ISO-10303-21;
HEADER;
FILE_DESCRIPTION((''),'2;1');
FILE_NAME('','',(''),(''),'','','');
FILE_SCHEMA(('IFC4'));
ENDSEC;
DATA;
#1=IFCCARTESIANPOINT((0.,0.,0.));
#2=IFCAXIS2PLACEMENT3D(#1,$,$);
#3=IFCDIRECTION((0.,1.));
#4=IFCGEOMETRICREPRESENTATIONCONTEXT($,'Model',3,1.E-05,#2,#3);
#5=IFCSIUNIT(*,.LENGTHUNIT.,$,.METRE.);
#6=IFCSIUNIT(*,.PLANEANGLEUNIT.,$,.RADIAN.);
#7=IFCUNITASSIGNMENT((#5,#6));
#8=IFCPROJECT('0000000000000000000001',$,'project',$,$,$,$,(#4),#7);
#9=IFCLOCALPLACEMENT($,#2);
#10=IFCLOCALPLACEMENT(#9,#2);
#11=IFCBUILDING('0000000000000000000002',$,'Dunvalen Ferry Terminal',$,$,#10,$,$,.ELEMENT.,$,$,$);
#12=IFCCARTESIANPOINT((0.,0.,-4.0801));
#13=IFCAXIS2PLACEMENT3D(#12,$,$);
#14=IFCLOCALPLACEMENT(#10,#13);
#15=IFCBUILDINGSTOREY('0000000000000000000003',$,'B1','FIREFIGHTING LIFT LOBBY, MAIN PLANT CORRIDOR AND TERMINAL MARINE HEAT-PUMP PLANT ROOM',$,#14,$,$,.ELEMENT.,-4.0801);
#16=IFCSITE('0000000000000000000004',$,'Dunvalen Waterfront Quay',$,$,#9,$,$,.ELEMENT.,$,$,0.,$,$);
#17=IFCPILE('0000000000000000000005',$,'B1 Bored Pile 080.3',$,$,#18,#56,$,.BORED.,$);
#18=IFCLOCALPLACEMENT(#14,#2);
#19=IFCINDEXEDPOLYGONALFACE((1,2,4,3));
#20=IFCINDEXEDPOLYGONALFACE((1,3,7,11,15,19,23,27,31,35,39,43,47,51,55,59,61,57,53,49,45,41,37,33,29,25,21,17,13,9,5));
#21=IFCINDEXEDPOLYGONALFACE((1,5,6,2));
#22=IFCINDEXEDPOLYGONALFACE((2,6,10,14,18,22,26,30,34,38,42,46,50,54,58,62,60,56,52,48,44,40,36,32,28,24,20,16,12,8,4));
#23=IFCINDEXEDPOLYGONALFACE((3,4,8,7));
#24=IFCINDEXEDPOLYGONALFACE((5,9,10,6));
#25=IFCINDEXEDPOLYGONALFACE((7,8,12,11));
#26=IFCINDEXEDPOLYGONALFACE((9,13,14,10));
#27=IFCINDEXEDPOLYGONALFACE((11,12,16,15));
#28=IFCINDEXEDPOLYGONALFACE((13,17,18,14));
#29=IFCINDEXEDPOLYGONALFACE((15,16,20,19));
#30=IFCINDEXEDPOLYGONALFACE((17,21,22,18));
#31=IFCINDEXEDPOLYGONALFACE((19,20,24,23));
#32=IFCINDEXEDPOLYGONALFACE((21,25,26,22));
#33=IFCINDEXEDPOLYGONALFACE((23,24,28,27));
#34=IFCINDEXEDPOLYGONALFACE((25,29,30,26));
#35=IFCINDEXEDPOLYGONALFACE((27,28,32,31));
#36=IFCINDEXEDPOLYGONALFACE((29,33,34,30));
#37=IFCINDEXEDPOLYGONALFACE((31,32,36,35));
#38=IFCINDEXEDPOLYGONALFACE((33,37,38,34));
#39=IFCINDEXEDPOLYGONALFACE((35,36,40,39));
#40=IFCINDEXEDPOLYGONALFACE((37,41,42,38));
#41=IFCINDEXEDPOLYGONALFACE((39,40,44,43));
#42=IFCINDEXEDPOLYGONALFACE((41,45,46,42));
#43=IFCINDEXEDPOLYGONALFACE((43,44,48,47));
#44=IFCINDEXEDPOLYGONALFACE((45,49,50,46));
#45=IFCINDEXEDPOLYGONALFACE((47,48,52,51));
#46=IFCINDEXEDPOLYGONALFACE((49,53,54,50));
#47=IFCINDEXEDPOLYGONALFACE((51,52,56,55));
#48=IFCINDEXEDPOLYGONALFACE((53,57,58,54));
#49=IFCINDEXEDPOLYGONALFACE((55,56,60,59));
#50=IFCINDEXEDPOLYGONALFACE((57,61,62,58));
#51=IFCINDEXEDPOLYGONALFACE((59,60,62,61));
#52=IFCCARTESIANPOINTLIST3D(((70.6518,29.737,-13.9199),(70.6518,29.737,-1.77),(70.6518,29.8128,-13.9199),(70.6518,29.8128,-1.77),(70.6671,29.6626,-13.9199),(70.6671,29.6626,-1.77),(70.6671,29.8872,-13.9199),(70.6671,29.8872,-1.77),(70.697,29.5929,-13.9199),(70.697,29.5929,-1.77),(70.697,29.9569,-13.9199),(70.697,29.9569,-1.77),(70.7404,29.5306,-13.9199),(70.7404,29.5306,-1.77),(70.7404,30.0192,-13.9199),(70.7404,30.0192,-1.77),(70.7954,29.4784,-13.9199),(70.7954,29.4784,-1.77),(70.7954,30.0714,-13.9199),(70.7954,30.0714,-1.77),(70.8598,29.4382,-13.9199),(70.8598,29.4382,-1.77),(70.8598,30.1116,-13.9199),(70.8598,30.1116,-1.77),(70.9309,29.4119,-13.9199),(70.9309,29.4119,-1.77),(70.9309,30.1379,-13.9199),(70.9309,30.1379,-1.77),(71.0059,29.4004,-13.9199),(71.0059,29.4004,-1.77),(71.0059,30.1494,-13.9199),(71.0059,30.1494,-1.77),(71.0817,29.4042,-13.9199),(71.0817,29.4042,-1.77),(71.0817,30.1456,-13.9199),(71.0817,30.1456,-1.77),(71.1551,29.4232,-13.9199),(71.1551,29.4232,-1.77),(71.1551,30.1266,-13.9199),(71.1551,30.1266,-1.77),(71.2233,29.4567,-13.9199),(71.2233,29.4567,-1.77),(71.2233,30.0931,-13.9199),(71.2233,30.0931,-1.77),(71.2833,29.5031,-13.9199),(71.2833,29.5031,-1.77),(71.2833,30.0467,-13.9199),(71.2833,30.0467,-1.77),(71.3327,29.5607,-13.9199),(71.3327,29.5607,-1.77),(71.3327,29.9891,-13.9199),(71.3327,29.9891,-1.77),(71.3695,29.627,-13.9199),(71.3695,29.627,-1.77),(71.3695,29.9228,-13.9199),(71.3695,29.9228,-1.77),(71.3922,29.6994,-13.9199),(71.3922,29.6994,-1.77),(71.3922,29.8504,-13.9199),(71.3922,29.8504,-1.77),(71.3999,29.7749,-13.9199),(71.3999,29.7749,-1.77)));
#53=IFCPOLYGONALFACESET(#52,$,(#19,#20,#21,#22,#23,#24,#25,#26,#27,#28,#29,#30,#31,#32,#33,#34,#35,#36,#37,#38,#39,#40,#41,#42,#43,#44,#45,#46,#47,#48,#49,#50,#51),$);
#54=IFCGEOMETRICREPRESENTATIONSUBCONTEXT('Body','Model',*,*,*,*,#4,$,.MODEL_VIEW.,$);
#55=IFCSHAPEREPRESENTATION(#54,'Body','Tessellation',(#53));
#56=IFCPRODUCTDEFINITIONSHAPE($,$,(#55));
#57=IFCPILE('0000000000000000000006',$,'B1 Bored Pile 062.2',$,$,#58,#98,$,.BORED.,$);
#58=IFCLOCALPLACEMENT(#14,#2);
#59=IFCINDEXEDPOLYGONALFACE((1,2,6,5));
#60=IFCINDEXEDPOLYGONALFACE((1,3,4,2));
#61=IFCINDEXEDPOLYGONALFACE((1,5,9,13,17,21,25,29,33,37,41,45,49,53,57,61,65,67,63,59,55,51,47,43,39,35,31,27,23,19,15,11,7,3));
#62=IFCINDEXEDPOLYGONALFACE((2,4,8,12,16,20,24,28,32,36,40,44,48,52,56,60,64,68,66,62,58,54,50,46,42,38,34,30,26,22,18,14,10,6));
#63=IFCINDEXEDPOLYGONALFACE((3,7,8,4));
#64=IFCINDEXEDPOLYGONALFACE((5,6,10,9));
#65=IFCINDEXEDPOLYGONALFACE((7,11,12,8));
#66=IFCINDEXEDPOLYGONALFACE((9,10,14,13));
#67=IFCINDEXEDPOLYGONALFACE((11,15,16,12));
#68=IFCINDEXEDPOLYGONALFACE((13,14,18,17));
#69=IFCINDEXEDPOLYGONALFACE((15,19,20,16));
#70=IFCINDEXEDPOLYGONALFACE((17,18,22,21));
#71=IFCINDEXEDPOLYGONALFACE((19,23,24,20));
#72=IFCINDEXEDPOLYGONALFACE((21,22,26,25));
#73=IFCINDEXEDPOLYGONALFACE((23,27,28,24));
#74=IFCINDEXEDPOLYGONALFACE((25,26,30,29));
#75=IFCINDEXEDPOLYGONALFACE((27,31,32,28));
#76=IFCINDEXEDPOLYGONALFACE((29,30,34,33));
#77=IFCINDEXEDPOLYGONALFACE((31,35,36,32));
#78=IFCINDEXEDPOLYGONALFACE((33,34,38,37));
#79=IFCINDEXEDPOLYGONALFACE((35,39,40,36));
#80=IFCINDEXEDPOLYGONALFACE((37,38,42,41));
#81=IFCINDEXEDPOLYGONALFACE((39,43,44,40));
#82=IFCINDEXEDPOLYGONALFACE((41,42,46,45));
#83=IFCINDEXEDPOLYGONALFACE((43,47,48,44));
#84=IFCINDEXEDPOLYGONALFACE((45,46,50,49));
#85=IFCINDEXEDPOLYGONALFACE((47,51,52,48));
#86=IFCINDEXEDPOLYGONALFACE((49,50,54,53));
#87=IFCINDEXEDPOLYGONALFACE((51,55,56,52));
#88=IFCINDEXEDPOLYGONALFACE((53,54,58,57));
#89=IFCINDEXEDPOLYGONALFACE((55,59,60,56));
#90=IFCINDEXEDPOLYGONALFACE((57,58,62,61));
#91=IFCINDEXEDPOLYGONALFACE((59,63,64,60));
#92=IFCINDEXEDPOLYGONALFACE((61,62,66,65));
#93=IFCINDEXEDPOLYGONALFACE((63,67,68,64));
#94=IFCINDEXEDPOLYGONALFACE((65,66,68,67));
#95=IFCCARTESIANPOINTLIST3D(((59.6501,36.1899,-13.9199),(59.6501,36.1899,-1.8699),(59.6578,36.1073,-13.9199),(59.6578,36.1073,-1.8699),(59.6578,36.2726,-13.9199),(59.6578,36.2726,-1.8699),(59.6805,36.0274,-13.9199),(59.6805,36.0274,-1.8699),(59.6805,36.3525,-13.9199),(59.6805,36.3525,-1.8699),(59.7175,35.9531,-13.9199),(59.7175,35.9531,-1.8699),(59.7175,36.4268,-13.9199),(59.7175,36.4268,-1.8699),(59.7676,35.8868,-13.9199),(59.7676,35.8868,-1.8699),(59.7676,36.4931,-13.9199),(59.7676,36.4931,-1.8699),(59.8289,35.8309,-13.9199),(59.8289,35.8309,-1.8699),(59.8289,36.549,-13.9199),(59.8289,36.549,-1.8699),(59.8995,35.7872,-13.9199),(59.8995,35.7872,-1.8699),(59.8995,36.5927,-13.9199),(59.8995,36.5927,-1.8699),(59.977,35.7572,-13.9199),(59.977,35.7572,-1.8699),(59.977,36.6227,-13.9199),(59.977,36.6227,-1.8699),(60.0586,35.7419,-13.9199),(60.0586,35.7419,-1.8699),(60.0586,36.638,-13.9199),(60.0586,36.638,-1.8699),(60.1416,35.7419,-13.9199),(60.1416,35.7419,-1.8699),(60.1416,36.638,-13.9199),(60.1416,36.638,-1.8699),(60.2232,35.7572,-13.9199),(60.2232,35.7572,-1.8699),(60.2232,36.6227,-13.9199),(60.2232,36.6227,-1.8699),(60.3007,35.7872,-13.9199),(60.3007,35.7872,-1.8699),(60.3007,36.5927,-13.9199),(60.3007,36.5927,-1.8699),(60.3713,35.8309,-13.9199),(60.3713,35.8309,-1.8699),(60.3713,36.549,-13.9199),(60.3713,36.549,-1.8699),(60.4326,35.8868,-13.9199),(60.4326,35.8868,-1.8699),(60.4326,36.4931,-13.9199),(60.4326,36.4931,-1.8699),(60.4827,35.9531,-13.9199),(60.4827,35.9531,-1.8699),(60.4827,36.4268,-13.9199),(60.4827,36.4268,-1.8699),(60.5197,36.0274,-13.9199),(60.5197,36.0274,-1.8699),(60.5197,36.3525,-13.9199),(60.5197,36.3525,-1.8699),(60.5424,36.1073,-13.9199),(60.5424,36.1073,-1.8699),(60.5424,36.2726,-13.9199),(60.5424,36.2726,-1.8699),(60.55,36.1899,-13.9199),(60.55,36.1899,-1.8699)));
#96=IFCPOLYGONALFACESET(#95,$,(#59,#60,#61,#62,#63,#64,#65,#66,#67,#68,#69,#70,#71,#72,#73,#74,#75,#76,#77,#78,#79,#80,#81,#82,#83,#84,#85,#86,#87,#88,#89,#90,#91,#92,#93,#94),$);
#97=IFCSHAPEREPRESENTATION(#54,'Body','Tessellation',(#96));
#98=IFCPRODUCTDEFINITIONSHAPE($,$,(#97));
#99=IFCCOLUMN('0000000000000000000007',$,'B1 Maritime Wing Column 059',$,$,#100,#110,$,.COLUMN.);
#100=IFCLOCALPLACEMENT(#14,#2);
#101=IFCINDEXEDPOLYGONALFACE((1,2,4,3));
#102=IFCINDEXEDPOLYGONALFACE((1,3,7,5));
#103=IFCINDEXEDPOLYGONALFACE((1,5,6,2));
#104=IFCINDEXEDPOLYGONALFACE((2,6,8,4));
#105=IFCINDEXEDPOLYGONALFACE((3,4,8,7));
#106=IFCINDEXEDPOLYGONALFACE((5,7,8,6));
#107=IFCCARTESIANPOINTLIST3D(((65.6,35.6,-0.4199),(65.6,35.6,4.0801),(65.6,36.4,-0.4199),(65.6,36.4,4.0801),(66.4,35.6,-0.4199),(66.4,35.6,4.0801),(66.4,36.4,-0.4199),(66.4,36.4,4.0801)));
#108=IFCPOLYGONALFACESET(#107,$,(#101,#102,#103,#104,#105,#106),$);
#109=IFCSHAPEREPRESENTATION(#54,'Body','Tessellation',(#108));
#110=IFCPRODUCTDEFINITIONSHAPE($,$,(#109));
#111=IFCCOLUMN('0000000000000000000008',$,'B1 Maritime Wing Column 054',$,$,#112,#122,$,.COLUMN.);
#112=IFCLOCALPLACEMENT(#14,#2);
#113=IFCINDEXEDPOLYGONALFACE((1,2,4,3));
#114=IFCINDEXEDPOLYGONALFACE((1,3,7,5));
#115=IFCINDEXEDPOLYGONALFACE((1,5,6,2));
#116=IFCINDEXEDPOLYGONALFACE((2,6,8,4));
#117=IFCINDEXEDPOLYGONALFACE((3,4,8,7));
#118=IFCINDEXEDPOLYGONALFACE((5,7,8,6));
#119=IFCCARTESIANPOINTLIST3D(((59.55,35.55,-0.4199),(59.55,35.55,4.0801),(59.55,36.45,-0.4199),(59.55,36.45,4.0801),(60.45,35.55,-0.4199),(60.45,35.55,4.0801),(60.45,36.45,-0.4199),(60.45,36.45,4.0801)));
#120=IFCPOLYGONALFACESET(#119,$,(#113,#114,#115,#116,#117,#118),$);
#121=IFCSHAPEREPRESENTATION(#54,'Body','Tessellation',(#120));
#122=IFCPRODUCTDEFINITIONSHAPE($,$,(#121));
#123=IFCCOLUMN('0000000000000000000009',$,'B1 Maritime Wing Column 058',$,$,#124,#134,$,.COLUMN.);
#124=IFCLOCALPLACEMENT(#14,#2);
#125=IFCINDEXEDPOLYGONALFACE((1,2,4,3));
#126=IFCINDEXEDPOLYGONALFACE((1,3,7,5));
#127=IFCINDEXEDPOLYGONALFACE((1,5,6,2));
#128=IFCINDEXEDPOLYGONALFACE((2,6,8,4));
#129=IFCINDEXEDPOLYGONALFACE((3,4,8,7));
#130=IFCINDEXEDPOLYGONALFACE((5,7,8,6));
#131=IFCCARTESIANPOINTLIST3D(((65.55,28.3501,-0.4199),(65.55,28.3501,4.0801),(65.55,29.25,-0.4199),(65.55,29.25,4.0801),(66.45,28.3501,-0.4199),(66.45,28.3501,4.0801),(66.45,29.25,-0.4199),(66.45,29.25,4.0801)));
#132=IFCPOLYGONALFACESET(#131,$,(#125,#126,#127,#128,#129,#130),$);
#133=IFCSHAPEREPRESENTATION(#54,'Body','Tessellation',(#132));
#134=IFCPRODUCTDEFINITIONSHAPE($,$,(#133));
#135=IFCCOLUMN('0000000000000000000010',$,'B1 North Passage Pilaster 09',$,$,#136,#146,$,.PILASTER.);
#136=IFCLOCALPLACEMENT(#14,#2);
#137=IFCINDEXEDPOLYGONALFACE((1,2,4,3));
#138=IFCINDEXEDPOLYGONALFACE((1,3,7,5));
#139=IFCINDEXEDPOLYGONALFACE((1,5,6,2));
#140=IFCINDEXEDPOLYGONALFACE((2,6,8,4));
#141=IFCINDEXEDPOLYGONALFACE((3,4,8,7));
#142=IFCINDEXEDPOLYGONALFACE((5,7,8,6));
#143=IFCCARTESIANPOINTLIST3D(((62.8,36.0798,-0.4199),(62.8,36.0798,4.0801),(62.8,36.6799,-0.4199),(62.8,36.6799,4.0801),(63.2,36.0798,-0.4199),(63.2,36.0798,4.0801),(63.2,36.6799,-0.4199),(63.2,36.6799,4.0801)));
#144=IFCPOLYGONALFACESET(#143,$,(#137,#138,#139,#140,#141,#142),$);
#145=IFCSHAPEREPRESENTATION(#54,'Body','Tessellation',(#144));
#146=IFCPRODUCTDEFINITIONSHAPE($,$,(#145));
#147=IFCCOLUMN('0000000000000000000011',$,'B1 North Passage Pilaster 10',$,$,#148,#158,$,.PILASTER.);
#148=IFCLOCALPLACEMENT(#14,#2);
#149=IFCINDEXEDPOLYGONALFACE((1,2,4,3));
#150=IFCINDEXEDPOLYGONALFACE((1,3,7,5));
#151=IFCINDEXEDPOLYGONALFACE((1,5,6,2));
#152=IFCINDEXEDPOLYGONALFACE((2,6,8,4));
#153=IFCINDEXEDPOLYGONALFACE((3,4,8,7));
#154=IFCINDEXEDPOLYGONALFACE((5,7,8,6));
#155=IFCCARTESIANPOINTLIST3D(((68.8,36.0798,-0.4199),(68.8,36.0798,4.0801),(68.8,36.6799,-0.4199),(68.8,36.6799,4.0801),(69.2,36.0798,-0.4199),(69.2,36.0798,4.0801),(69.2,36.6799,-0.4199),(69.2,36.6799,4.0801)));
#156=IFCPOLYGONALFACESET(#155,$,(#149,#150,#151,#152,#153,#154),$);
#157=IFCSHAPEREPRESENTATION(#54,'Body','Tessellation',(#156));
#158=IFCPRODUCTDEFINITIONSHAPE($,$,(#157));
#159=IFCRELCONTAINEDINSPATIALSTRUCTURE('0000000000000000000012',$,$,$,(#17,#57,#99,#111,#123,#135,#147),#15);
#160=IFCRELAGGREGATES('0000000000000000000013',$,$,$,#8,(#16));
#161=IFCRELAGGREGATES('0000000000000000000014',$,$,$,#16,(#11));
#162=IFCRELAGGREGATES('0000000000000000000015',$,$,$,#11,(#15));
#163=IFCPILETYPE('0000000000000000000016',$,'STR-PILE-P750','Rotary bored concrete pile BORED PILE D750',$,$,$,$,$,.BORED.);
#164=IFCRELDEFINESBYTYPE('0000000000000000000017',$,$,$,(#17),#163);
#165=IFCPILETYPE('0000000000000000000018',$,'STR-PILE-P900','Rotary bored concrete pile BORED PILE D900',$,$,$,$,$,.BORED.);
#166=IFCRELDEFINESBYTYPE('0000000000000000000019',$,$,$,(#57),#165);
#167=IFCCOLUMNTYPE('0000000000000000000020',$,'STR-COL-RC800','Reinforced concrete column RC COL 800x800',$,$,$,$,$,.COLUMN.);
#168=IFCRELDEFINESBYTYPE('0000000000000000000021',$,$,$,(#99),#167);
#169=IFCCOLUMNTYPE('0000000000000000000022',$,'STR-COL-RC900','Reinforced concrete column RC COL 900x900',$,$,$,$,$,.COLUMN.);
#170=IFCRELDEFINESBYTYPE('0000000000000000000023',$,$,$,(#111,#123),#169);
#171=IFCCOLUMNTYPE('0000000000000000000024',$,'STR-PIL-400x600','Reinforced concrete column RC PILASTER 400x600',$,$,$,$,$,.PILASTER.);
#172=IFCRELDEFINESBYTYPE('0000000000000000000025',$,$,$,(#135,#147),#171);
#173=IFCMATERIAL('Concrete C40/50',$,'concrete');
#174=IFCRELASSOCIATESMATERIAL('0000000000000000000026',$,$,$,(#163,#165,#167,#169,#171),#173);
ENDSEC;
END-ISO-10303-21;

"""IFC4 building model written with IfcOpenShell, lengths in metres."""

from ifc_helpers import new_model, si_unit, direction, frame, origin, origin_2d, place, context, subcontext, project, spatial, rectangle, circle, extrude, material, material_profile, profile_set, type_object, element, save


model = new_model("IFC4")

# Units and contexts
model_context = context("Model", 3, precision=1e-05, world=origin(), true_north=direction((0.0, 1.0)))
body_context = subcontext(model_context, "Body", "Model", "MODEL_VIEW")
ifc_project = project(units=[si_unit("LENGTHUNIT", "METRE"), si_unit("PLANEANGLEUNIT", "RADIAN")], contexts=[model_context])

# Site, building, storey
site_placement = place(None, origin())
site = spatial("IfcSite", under=ifc_project, at=site_placement, Name="Dunvalen Waterfront Quay", CompositionType="ELEMENT", RefElevation=0.0)
building_placement = place(site_placement, origin())
building = spatial("IfcBuilding", under=site, at=building_placement, Name="Dunvalen Ferry Terminal", CompositionType="ELEMENT")
storey_placement = place(building_placement, frame((0.0, 0.0, -4.0801)))
storey = spatial("IfcBuildingStorey", under=building, at=storey_placement, Name="B1", Description="FIREFIGHTING LIFT LOBBY, MAIN PLANT CORRIDOR AND TERMINAL MARINE HEAT-PUMP PLANT ROOM", CompositionType="ELEMENT", Elevation=-4.0801)

# Shared definitions
ifc_material = material(Name="Concrete C40/50", Category="concrete")

# Piles
ifc_material_profile_1 = material_profile(ifc_material, circle(Radius=0.375, at=origin_2d()), Name="Concrete C40/50")
ifc_profile_set_1 = profile_set([ifc_material_profile_1], Name="Concrete C40/50")
pile_type_1 = type_object("IfcPileType", Name="STR-PILE-P750", Description="Rotary bored concrete pile BORED PILE D750", PredefinedType="BORED", material=ifc_profile_set_1)
pile_1_placement = place(storey_placement, frame((71.0249, 29.7749, -1.77), z_axis=(0.0, 0.0, -1.0), x_axis=(1.0, 0.0, 0.0)))
element("IfcPile", 1, at=pile_1_placement, inside=storey, type_object=pile_type_1, Name="B1 Bored Pile 080.3", PredefinedType="BORED", context=body_context, shape_type="SweptSolid", body=[
    extrude(circle(Radius=0.375, at=origin_2d()), origin(), (0.0, 0.0, 1.0), 12.1499),
])
ifc_material_profile_2 = material_profile(ifc_material, circle(Radius=0.45, at=origin_2d()), Name="Concrete C40/50")
ifc_profile_set_2 = profile_set([ifc_material_profile_2], Name="Concrete C40/50")
pile_type_2 = type_object("IfcPileType", Name="STR-PILE-P900", Description="Rotary bored concrete pile BORED PILE D900", PredefinedType="BORED", material=ifc_profile_set_2)
pile_2_placement = place(storey_placement, frame((60.1001, 36.1899, -1.8699), z_axis=(0.0, 0.0, -1.0), x_axis=(1.0, 0.0, 0.0)))
element("IfcPile", 2, at=pile_2_placement, inside=storey, type_object=pile_type_2, Name="B1 Bored Pile 062.2", PredefinedType="BORED", context=body_context, shape_type="SweptSolid", body=[
    extrude(circle(Radius=0.45, at=origin_2d()), origin(), (0.0, 0.0, 1.0), 12.05),
])

# Columns
ifc_material_profile_3 = material_profile(ifc_material, rectangle(XDim=0.8, YDim=0.8, at=origin_2d()), Name="Concrete C40/50")
ifc_profile_set_3 = profile_set([ifc_material_profile_3], Name="Concrete C40/50")
column_type_1 = type_object("IfcColumnType", Name="STR-COL-RC800", Description="Reinforced concrete column RC COL 800x800", PredefinedType="COLUMN", material=ifc_profile_set_3)
column_placement = place(storey_placement, frame((66.0, 36.0, -0.4199), z_axis=(0.0, 0.0, 1.0), x_axis=(1.0, 0.0, 0.0)))
element("IfcColumn", 3, at=column_placement, inside=storey, type_object=column_type_1, Name="B1 Maritime Wing Column 059", PredefinedType="COLUMN", context=body_context, shape_type="SweptSolid", body=[
    extrude(rectangle(XDim=0.8, YDim=0.8, at=origin_2d()), origin(), (0.0, 0.0, 1.0), 4.5),
])
ifc_material_profile_4 = material_profile(ifc_material, rectangle(XDim=0.8999, YDim=0.8999, at=origin_2d()), Name="Concrete C40/50")
ifc_profile_set_4 = profile_set([ifc_material_profile_4], Name="Concrete C40/50")
column_type_2 = type_object("IfcColumnType", Name="STR-COL-RC900", Description="Reinforced concrete column RC COL 900x900", PredefinedType="COLUMN", material=ifc_profile_set_4)
for number, where, z_axis, x_axis, name in (
    (4, (60.0, 36.0, -0.4199), (0.0, 0.0, 1.0), (1.0, 0.0, 0.0), "B1 Maritime Wing Column 054"),
    (5, (66.0, 28.8, -0.4199), (0.0, 0.0, 1.0), (1.0, 0.0, 0.0), "B1 Maritime Wing Column 058"),
):
    element("IfcColumn", number, at=place(storey_placement, frame(where, z_axis=z_axis, x_axis=x_axis)), inside=storey, type_object=column_type_2, Name=name, PredefinedType="COLUMN", context=body_context, shape_type="SweptSolid", body=[
        extrude(rectangle(XDim=0.8999, YDim=0.8999, at=origin_2d()), origin(), (0.0, 0.0, 1.0), 4.5),
    ])
ifc_material_profile_5 = material_profile(ifc_material, rectangle(XDim=0.3999, YDim=0.6001, at=origin_2d()), Name="Concrete C40/50")
ifc_profile_set_5 = profile_set([ifc_material_profile_5], Name="Concrete C40/50")
column_type_3 = type_object("IfcColumnType", Name="STR-PIL-400x600", Description="Reinforced concrete column RC PILASTER 400x600", PredefinedType="PILASTER", material=ifc_profile_set_5)
for number, where, z_axis, x_axis, name in (
    (6, (63.0, 36.3799, -0.4199), (0.0, 0.0, 1.0), (1.0, 0.0, 0.0), "B1 North Passage Pilaster 09"),
    (7, (69.0, 36.3799, -0.4199), (0.0, 0.0, 1.0), (1.0, 0.0, 0.0), "B1 North Passage Pilaster 10"),
):
    element("IfcColumn", number, at=place(storey_placement, frame(where, z_axis=z_axis, x_axis=x_axis)), inside=storey, type_object=column_type_3, Name=name, PredefinedType="PILASTER", context=body_context, shape_type="SweptSolid", body=[
        extrude(rectangle(XDim=0.3999, YDim=0.6001, at=origin_2d()), origin(), (0.0, 0.0, 1.0), 4.5),
    ])

save(model, "model.ifc")
